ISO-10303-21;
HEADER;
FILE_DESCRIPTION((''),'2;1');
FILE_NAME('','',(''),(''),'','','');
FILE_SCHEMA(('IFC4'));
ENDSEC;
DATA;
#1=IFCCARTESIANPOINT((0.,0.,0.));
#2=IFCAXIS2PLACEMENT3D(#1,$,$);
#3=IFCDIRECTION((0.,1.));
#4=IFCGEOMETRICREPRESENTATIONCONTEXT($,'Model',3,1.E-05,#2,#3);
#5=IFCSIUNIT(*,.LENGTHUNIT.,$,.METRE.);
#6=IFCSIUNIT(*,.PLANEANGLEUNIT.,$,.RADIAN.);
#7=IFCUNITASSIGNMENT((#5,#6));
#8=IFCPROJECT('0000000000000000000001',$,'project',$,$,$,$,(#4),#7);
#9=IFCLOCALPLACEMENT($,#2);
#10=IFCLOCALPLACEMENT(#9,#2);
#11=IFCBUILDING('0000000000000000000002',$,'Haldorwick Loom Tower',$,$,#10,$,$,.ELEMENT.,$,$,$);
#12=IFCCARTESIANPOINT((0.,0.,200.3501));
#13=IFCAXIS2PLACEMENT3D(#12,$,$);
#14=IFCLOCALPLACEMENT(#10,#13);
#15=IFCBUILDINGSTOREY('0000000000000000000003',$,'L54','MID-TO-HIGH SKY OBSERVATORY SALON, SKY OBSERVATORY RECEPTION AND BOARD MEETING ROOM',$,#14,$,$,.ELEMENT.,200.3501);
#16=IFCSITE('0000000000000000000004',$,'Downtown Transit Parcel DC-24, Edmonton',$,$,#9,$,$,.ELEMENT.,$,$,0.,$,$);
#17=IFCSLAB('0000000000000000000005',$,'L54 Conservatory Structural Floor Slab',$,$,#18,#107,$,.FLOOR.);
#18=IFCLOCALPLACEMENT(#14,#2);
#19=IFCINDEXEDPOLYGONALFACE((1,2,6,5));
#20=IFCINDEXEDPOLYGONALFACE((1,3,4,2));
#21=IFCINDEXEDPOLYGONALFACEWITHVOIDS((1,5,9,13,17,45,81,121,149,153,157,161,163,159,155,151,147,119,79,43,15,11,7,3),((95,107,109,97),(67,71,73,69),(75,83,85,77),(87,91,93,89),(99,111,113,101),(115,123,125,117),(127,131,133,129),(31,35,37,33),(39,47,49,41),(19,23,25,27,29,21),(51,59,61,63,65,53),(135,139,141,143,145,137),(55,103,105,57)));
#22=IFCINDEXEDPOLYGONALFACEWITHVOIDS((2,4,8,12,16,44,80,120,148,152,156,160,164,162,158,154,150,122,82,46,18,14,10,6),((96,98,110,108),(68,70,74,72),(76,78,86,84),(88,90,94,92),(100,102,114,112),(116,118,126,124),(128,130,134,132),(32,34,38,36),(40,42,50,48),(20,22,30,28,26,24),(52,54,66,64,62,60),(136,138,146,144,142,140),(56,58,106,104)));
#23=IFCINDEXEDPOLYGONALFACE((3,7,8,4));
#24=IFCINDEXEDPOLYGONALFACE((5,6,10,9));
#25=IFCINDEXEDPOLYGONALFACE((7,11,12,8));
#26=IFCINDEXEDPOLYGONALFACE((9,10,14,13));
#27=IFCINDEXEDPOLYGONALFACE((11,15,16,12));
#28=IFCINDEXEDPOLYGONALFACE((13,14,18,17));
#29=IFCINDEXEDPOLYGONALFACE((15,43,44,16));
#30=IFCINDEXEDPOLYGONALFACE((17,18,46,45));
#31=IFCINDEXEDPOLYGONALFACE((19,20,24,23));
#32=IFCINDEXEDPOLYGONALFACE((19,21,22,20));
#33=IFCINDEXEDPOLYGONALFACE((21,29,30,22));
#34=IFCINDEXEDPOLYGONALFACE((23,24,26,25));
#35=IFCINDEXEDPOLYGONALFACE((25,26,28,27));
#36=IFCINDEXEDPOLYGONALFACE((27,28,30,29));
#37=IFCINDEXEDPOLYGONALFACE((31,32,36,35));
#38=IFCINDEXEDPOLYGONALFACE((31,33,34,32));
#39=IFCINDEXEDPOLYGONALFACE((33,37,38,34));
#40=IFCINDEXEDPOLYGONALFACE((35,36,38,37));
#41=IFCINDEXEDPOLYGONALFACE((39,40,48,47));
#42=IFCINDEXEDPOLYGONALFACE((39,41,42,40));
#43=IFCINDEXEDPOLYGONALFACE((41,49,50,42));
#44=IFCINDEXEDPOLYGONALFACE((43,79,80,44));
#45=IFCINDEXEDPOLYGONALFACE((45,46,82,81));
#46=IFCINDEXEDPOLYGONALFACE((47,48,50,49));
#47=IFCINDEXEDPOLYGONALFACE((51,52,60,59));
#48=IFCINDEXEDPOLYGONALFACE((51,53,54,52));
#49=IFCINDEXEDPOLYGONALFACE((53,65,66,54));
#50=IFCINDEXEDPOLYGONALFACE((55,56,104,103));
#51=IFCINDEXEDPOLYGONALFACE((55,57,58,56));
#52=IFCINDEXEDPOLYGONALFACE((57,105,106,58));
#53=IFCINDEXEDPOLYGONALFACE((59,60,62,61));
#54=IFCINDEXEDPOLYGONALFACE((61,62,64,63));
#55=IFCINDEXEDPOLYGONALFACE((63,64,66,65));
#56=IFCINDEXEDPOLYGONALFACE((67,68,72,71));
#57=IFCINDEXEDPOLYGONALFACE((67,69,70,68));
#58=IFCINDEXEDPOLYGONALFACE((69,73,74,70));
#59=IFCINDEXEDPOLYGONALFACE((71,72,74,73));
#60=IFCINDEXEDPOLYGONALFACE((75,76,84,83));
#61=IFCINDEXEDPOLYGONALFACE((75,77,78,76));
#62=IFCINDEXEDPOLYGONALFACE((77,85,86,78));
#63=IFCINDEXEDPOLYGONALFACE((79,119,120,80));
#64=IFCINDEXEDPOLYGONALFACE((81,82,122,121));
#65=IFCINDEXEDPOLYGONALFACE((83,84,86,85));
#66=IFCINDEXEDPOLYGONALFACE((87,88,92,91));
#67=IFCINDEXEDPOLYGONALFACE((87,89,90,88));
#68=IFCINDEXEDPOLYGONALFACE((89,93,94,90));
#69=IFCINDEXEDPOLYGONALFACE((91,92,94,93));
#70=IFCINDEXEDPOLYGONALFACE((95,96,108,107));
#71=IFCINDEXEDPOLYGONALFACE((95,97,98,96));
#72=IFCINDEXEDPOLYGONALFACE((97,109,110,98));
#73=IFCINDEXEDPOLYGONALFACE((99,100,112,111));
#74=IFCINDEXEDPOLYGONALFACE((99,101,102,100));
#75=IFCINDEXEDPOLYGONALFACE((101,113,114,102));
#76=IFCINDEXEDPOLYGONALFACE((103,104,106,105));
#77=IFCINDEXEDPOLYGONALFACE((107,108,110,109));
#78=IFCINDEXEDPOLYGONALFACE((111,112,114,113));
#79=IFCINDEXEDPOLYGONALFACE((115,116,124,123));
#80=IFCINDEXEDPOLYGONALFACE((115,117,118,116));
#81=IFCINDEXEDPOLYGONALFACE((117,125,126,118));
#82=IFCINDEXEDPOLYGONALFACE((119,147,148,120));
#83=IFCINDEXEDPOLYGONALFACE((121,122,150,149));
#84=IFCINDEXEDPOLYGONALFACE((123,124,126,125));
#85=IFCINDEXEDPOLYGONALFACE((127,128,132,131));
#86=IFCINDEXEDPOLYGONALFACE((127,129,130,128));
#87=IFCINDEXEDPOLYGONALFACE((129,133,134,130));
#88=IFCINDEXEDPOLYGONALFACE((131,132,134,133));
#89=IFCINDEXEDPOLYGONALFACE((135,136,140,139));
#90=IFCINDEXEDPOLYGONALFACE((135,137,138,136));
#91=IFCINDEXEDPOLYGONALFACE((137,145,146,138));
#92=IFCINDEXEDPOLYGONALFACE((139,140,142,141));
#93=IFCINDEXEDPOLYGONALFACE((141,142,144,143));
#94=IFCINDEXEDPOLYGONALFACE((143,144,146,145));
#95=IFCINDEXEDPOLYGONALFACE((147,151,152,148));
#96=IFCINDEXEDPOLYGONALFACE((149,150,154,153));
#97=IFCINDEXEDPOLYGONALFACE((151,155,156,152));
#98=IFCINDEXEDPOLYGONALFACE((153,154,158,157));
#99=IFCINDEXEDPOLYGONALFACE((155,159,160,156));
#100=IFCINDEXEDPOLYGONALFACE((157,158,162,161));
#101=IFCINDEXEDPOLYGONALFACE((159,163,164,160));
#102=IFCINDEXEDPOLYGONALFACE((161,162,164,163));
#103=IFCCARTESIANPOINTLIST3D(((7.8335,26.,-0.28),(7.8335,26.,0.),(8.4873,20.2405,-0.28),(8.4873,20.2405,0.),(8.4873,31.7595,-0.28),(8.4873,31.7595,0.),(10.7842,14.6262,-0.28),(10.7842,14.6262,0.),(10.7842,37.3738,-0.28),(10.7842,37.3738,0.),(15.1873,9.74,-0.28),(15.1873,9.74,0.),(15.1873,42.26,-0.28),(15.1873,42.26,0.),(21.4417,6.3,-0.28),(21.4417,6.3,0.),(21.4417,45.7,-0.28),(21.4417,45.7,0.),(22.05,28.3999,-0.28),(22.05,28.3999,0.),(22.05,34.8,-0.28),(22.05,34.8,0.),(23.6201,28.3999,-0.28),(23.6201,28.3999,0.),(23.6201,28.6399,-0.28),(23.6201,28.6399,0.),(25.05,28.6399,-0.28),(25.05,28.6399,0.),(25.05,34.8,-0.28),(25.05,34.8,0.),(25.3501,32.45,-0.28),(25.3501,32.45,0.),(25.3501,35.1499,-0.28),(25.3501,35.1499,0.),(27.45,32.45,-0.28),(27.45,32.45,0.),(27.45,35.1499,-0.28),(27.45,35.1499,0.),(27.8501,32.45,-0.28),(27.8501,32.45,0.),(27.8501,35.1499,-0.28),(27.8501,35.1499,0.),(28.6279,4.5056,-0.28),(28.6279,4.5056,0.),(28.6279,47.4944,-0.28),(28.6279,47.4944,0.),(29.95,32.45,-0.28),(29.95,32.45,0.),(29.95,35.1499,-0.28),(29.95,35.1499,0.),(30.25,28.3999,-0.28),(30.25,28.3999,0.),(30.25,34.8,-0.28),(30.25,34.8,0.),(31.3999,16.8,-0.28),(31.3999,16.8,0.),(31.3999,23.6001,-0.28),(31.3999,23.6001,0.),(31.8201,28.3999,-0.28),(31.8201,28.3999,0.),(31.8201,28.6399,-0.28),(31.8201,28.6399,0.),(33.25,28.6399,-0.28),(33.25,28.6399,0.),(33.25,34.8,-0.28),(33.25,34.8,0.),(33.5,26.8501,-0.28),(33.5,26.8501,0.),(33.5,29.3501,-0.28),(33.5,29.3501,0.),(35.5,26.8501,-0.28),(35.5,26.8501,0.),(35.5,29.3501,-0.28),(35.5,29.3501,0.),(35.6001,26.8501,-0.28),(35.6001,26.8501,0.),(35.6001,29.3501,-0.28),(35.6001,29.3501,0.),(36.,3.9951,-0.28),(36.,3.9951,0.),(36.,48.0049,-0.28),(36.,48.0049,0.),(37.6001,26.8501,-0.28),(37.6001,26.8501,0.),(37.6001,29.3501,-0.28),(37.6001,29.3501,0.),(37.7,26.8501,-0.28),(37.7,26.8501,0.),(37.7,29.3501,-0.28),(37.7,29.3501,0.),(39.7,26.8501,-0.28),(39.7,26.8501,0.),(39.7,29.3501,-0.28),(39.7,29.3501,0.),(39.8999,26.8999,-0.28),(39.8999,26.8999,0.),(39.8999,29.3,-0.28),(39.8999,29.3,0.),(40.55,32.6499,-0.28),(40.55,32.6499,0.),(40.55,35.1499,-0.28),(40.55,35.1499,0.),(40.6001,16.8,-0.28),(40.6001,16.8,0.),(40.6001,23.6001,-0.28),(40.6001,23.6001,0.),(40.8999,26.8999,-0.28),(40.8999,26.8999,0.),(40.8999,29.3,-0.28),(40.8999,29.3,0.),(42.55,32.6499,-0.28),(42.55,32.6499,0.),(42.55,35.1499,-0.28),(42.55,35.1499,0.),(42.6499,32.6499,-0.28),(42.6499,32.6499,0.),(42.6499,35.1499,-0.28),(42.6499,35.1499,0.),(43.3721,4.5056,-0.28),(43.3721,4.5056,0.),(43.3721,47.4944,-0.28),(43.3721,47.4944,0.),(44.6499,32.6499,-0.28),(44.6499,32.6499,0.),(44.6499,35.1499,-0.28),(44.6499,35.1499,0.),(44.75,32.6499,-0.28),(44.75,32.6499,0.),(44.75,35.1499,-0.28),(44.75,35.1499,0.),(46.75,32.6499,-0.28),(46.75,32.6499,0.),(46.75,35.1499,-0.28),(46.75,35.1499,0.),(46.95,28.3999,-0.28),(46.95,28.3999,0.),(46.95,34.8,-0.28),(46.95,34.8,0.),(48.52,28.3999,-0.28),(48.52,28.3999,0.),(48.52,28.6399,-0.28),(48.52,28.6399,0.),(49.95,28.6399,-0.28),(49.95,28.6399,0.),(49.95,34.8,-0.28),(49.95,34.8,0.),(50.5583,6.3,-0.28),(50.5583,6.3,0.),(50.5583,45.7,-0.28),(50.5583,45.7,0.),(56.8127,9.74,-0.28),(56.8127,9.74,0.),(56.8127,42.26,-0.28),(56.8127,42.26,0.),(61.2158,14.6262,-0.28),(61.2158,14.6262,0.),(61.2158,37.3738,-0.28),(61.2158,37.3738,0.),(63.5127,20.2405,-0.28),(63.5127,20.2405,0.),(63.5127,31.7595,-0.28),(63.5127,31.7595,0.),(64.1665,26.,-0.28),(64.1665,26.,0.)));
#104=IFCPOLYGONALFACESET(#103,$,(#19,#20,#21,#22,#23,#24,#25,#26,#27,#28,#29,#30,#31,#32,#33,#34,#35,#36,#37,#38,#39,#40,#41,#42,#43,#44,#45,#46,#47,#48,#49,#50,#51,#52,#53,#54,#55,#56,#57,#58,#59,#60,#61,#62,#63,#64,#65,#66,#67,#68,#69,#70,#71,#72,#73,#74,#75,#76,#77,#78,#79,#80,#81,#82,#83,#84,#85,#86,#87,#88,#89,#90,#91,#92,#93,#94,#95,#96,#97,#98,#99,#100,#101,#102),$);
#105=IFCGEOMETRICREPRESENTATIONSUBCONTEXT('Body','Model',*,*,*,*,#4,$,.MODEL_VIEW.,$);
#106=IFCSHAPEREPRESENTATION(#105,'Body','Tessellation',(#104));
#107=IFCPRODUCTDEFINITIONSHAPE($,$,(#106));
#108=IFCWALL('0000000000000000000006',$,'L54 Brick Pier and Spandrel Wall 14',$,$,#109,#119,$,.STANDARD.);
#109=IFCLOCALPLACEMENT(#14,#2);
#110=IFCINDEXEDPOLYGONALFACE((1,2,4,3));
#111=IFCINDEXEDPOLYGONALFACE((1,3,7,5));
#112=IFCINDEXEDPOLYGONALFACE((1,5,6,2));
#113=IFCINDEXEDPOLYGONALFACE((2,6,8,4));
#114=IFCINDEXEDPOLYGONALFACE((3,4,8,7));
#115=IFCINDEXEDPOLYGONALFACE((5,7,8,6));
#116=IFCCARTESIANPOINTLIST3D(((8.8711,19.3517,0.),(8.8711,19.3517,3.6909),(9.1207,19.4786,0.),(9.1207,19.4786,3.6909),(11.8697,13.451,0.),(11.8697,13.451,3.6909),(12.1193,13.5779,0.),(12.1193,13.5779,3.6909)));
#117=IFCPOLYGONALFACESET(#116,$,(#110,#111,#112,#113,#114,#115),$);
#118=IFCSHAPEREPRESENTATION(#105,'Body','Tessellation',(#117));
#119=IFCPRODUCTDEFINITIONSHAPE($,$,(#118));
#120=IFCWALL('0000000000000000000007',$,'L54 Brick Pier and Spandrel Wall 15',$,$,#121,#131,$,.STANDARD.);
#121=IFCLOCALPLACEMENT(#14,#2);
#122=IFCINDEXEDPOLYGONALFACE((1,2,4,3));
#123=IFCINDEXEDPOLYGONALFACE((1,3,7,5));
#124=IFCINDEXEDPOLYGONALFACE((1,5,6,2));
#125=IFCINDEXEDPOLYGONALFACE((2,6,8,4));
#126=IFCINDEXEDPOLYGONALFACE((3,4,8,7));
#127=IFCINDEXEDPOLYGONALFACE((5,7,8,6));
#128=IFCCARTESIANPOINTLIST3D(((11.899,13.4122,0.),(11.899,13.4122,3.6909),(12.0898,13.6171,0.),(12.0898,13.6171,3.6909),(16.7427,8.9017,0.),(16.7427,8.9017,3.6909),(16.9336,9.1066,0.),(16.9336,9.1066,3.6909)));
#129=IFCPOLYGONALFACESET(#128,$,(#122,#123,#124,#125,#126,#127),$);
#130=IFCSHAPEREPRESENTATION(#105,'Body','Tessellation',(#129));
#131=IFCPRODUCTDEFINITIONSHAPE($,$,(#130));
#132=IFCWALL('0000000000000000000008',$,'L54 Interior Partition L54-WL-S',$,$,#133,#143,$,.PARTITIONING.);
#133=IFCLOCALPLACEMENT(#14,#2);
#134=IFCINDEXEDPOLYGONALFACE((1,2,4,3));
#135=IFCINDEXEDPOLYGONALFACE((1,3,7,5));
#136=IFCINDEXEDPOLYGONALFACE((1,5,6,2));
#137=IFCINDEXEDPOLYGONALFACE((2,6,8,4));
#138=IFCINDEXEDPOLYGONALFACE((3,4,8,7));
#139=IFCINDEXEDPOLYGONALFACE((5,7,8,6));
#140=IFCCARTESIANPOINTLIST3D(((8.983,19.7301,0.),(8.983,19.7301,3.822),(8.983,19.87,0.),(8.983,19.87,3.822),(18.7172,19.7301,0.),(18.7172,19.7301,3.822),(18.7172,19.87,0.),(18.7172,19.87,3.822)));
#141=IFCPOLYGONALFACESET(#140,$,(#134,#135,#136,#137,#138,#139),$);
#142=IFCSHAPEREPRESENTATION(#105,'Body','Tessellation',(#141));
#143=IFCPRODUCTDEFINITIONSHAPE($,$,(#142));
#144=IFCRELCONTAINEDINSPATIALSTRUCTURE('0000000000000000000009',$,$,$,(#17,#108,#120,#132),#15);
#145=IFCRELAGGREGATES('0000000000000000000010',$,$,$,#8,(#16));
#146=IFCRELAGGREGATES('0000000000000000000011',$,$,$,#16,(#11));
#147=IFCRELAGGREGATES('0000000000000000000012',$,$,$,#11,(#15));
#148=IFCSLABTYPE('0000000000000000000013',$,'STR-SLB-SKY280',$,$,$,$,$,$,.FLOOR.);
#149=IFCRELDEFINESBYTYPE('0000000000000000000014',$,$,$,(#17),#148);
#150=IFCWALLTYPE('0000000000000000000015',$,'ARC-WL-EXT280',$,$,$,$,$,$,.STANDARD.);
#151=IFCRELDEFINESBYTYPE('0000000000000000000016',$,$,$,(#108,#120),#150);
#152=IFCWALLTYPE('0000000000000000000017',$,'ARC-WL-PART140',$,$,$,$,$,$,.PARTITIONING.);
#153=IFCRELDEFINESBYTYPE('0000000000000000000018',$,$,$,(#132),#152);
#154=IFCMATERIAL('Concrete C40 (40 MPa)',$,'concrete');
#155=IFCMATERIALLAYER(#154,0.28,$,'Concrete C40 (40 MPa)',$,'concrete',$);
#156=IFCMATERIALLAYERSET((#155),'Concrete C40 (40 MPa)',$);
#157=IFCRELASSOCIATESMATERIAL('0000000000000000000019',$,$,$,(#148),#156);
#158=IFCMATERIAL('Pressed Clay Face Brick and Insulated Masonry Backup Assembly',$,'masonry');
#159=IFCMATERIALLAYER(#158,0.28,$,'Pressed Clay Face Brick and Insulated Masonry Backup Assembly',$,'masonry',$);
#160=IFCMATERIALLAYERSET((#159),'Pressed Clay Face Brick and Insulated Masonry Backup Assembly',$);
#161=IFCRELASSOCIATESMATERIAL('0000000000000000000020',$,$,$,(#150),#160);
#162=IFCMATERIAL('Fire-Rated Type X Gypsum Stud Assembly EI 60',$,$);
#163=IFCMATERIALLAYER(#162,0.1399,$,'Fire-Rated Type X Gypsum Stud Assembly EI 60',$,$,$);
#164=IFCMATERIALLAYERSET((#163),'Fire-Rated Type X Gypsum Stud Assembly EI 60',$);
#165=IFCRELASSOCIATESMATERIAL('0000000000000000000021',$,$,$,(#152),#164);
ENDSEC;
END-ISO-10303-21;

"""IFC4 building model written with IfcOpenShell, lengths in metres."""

from ifc_helpers import new_model, si_unit, direction, frame, frame_2d, origin, place, context, subcontext, project, spatial, polyline, rectangle, outline, extrude, material, layer, layer_set, type_object, element, save


model = new_model("IFC4")

# Units and contexts
model_context = context("Model", 3, precision=1e-05, world=origin(), true_north=direction((0.0, 1.0)))
body_context = subcontext(model_context, "Body", "Model", "MODEL_VIEW")
ifc_project = project(units=[si_unit("LENGTHUNIT", "METRE"), si_unit("PLANEANGLEUNIT", "RADIAN")], contexts=[model_context])

# Site, building, storey
site_placement = place(None, origin())
site = spatial("IfcSite", under=ifc_project, at=site_placement, Name="Downtown Transit Parcel DC-24, Edmonton", CompositionType="ELEMENT", RefElevation=0.0)
building_placement = place(site_placement, origin())
building = spatial("IfcBuilding", under=site, at=building_placement, Name="Haldorwick Loom Tower", CompositionType="ELEMENT")
storey_placement = place(building_placement, frame((0.0, 0.0, 200.3501)))
storey = spatial("IfcBuildingStorey", under=building, at=storey_placement, Name="L54", Description="MID-TO-HIGH SKY OBSERVATORY SALON, SKY OBSERVATORY RECEPTION AND BOARD MEETING ROOM", CompositionType="ELEMENT", Elevation=200.3501)

# Shared definitions
ifc_material_1 = material(Name="Concrete C40 (40 MPa)", Category="concrete")

# Slab
ifc_layer_1 = layer(ifc_material_1, 0.28, Name="Concrete C40 (40 MPa)", Category="concrete")
ifc_layer_set_1 = layer_set([ifc_layer_1], Name="Concrete C40 (40 MPa)")
slab_type_1 = type_object("IfcSlabType", Name="STR-SLB-SKY280", PredefinedType="FLOOR", material=ifc_layer_set_1)
slab_1_placement = place(storey_placement, frame((0.0, 0.0, -0.28)))
element("IfcSlab", 1, at=slab_1_placement, inside=storey, type_object=slab_type_1, Name="L54 Conservatory Structural Floor Slab", PredefinedType="FLOOR", context=body_context, shape_type="SweptSolid", body=[
    extrude(outline(polyline([(56.8127, 9.74), (61.2158, 14.6262), (63.5127, 20.2405), (64.1665, 26.0), (63.5127, 31.7595), (61.2158, 37.3738), (56.8127, 42.26), (50.5583, 45.7), (43.3721, 47.4944), (36.0, 48.0049), (28.6279, 47.4944), (21.4417, 45.7), (15.1873, 42.26), (10.7842, 37.3738), (8.4873, 31.7595), (7.8335, 26.0), (8.4873, 20.2405), (10.7842, 14.6262), (15.1873, 9.74), (21.4417, 6.3), (28.6279, 4.5056), (36.0, 3.9951), (43.3721, 4.5056), (50.5583, 6.3), (56.8127, 9.74)]), holes=[polyline([(31.3999, 16.8), (31.3999, 23.6001), (40.6001, 23.6001), (40.6001, 16.8), (31.3999, 16.8)]), polyline([(33.5, 26.8501), (33.5, 29.3501), (35.5, 29.3501), (35.5, 26.8501), (33.5, 26.8501)]), polyline([(35.6001, 26.8501), (35.6001, 29.3501), (37.6001, 29.3501), (37.6001, 26.8501), (35.6001, 26.8501)]), polyline([(23.6201, 28.3999), (22.05, 28.3999), (22.05, 34.8), (25.05, 34.8), (25.05, 28.6399), (23.6201, 28.6399), (23.6201, 28.3999)]), polyline([(30.25, 28.3999), (30.25, 34.8), (33.25, 34.8), (33.25, 28.6399), (31.8201, 28.6399), (31.8201, 28.3999), (30.25, 28.3999)]), polyline([(25.3501, 32.45), (25.3501, 35.1499), (27.45, 35.1499), (27.45, 32.45), (25.3501, 32.45)]), polyline([(29.95, 32.45), (27.8501, 32.45), (27.8501, 35.1499), (29.95, 35.1499), (29.95, 32.45)]), polyline([(37.7, 26.8501), (37.7, 29.3501), (39.7, 29.3501), (39.7, 26.8501), (37.7, 26.8501)]), polyline([(39.8999, 26.8999), (39.8999, 29.3), (40.8999, 29.3), (40.8999, 26.8999), (39.8999, 26.8999)]), polyline([(46.95, 28.3999), (46.95, 34.8), (49.95, 34.8), (49.95, 28.6399), (48.52, 28.6399), (48.52, 28.3999), (46.95, 28.3999)]), polyline([(40.55, 32.6499), (40.55, 35.1499), (42.55, 35.1499), (42.55, 32.6499), (40.55, 32.6499)]), polyline([(42.6499, 32.6499), (42.6499, 35.1499), (44.6499, 35.1499), (44.6499, 32.6499), (42.6499, 32.6499)]), polyline([(44.75, 32.6499), (44.75, 35.1499), (46.75, 35.1499), (46.75, 32.6499), (44.75, 32.6499)])]), origin(), (0.0, 0.0, 1.0), 0.28),
])

# Walls
ifc_material_2 = material(Name="Pressed Clay Face Brick and Insulated Masonry Backup Assembly", Category="masonry")
ifc_layer_2 = layer(ifc_material_2, 0.28, Name="Pressed Clay Face Brick and Insulated Masonry Backup Assembly", Category="masonry")
ifc_layer_set_2 = layer_set([ifc_layer_2], Name="Pressed Clay Face Brick and Insulated Masonry Backup Assembly")
wall_type_1 = type_object("IfcWallType", Name="ARC-WL-EXT280", PredefinedType="STANDARD", material=ifc_layer_set_2)
wall_1_placement = place(storey_placement, frame((8.9958, 19.4153, 0.0), z_axis=(0.0, 0.0, 1.0), x_axis=(0.453032, -0.891494, 0.0)))
element("IfcWall", 2, at=wall_1_placement, inside=storey, type_object=wall_type_1, Name="L54 Brick Pier and Spandrel Wall 14", PredefinedType="STANDARD", context=body_context, shape_type="SweptSolid", body=[
    extrude(rectangle(XDim=6.6189, YDim=0.28, at=frame_2d((3.3096, 0.0))), origin(), (0.0, 0.0, 1.0), 3.6909),
])
wall_2_placement = place(storey_placement, frame((11.9944, 13.5146, 0.0), z_axis=(0.0, 0.0, 1.0), x_axis=(0.731834, -0.681483, 0.0)))
element("IfcWall", 3, at=wall_2_placement, inside=storey, type_object=wall_type_1, Name="L54 Brick Pier and Spandrel Wall 15", PredefinedType="STANDARD", context=body_context, shape_type="SweptSolid", body=[
    extrude(rectangle(XDim=6.6187, YDim=0.28, at=frame_2d((3.3093, 0.0))), origin(), (0.0, 0.0, 1.0), 3.6909),
])
ifc_material_3 = material(Name="Fire-Rated Type X Gypsum Stud Assembly EI 60")
ifc_layer_3 = layer(ifc_material_3, 0.1399, Name="Fire-Rated Type X Gypsum Stud Assembly EI 60")
ifc_layer_set_3 = layer_set([ifc_layer_3], Name="Fire-Rated Type X Gypsum Stud Assembly EI 60")
wall_type_2 = type_object("IfcWallType", Name="ARC-WL-PART140", PredefinedType="PARTITIONING", material=ifc_layer_set_3)
wall_3_placement = place(storey_placement, frame((8.9829, 19.8, 0.0), z_axis=(0.0, 0.0, 1.0), x_axis=(1.0, 0.0, 0.0)))
element("IfcWall", 4, at=wall_3_placement, inside=storey, type_object=wall_type_2, Name="L54 Interior Partition L54-WL-S", PredefinedType="PARTITIONING", context=body_context, shape_type="SweptSolid", body=[
    extrude(rectangle(XDim=9.7341, YDim=0.1399, at=frame_2d((4.8672, 0.0))), origin(), (0.0, 0.0, 1.0), 3.822),
])

save(model, "model.ifc")
